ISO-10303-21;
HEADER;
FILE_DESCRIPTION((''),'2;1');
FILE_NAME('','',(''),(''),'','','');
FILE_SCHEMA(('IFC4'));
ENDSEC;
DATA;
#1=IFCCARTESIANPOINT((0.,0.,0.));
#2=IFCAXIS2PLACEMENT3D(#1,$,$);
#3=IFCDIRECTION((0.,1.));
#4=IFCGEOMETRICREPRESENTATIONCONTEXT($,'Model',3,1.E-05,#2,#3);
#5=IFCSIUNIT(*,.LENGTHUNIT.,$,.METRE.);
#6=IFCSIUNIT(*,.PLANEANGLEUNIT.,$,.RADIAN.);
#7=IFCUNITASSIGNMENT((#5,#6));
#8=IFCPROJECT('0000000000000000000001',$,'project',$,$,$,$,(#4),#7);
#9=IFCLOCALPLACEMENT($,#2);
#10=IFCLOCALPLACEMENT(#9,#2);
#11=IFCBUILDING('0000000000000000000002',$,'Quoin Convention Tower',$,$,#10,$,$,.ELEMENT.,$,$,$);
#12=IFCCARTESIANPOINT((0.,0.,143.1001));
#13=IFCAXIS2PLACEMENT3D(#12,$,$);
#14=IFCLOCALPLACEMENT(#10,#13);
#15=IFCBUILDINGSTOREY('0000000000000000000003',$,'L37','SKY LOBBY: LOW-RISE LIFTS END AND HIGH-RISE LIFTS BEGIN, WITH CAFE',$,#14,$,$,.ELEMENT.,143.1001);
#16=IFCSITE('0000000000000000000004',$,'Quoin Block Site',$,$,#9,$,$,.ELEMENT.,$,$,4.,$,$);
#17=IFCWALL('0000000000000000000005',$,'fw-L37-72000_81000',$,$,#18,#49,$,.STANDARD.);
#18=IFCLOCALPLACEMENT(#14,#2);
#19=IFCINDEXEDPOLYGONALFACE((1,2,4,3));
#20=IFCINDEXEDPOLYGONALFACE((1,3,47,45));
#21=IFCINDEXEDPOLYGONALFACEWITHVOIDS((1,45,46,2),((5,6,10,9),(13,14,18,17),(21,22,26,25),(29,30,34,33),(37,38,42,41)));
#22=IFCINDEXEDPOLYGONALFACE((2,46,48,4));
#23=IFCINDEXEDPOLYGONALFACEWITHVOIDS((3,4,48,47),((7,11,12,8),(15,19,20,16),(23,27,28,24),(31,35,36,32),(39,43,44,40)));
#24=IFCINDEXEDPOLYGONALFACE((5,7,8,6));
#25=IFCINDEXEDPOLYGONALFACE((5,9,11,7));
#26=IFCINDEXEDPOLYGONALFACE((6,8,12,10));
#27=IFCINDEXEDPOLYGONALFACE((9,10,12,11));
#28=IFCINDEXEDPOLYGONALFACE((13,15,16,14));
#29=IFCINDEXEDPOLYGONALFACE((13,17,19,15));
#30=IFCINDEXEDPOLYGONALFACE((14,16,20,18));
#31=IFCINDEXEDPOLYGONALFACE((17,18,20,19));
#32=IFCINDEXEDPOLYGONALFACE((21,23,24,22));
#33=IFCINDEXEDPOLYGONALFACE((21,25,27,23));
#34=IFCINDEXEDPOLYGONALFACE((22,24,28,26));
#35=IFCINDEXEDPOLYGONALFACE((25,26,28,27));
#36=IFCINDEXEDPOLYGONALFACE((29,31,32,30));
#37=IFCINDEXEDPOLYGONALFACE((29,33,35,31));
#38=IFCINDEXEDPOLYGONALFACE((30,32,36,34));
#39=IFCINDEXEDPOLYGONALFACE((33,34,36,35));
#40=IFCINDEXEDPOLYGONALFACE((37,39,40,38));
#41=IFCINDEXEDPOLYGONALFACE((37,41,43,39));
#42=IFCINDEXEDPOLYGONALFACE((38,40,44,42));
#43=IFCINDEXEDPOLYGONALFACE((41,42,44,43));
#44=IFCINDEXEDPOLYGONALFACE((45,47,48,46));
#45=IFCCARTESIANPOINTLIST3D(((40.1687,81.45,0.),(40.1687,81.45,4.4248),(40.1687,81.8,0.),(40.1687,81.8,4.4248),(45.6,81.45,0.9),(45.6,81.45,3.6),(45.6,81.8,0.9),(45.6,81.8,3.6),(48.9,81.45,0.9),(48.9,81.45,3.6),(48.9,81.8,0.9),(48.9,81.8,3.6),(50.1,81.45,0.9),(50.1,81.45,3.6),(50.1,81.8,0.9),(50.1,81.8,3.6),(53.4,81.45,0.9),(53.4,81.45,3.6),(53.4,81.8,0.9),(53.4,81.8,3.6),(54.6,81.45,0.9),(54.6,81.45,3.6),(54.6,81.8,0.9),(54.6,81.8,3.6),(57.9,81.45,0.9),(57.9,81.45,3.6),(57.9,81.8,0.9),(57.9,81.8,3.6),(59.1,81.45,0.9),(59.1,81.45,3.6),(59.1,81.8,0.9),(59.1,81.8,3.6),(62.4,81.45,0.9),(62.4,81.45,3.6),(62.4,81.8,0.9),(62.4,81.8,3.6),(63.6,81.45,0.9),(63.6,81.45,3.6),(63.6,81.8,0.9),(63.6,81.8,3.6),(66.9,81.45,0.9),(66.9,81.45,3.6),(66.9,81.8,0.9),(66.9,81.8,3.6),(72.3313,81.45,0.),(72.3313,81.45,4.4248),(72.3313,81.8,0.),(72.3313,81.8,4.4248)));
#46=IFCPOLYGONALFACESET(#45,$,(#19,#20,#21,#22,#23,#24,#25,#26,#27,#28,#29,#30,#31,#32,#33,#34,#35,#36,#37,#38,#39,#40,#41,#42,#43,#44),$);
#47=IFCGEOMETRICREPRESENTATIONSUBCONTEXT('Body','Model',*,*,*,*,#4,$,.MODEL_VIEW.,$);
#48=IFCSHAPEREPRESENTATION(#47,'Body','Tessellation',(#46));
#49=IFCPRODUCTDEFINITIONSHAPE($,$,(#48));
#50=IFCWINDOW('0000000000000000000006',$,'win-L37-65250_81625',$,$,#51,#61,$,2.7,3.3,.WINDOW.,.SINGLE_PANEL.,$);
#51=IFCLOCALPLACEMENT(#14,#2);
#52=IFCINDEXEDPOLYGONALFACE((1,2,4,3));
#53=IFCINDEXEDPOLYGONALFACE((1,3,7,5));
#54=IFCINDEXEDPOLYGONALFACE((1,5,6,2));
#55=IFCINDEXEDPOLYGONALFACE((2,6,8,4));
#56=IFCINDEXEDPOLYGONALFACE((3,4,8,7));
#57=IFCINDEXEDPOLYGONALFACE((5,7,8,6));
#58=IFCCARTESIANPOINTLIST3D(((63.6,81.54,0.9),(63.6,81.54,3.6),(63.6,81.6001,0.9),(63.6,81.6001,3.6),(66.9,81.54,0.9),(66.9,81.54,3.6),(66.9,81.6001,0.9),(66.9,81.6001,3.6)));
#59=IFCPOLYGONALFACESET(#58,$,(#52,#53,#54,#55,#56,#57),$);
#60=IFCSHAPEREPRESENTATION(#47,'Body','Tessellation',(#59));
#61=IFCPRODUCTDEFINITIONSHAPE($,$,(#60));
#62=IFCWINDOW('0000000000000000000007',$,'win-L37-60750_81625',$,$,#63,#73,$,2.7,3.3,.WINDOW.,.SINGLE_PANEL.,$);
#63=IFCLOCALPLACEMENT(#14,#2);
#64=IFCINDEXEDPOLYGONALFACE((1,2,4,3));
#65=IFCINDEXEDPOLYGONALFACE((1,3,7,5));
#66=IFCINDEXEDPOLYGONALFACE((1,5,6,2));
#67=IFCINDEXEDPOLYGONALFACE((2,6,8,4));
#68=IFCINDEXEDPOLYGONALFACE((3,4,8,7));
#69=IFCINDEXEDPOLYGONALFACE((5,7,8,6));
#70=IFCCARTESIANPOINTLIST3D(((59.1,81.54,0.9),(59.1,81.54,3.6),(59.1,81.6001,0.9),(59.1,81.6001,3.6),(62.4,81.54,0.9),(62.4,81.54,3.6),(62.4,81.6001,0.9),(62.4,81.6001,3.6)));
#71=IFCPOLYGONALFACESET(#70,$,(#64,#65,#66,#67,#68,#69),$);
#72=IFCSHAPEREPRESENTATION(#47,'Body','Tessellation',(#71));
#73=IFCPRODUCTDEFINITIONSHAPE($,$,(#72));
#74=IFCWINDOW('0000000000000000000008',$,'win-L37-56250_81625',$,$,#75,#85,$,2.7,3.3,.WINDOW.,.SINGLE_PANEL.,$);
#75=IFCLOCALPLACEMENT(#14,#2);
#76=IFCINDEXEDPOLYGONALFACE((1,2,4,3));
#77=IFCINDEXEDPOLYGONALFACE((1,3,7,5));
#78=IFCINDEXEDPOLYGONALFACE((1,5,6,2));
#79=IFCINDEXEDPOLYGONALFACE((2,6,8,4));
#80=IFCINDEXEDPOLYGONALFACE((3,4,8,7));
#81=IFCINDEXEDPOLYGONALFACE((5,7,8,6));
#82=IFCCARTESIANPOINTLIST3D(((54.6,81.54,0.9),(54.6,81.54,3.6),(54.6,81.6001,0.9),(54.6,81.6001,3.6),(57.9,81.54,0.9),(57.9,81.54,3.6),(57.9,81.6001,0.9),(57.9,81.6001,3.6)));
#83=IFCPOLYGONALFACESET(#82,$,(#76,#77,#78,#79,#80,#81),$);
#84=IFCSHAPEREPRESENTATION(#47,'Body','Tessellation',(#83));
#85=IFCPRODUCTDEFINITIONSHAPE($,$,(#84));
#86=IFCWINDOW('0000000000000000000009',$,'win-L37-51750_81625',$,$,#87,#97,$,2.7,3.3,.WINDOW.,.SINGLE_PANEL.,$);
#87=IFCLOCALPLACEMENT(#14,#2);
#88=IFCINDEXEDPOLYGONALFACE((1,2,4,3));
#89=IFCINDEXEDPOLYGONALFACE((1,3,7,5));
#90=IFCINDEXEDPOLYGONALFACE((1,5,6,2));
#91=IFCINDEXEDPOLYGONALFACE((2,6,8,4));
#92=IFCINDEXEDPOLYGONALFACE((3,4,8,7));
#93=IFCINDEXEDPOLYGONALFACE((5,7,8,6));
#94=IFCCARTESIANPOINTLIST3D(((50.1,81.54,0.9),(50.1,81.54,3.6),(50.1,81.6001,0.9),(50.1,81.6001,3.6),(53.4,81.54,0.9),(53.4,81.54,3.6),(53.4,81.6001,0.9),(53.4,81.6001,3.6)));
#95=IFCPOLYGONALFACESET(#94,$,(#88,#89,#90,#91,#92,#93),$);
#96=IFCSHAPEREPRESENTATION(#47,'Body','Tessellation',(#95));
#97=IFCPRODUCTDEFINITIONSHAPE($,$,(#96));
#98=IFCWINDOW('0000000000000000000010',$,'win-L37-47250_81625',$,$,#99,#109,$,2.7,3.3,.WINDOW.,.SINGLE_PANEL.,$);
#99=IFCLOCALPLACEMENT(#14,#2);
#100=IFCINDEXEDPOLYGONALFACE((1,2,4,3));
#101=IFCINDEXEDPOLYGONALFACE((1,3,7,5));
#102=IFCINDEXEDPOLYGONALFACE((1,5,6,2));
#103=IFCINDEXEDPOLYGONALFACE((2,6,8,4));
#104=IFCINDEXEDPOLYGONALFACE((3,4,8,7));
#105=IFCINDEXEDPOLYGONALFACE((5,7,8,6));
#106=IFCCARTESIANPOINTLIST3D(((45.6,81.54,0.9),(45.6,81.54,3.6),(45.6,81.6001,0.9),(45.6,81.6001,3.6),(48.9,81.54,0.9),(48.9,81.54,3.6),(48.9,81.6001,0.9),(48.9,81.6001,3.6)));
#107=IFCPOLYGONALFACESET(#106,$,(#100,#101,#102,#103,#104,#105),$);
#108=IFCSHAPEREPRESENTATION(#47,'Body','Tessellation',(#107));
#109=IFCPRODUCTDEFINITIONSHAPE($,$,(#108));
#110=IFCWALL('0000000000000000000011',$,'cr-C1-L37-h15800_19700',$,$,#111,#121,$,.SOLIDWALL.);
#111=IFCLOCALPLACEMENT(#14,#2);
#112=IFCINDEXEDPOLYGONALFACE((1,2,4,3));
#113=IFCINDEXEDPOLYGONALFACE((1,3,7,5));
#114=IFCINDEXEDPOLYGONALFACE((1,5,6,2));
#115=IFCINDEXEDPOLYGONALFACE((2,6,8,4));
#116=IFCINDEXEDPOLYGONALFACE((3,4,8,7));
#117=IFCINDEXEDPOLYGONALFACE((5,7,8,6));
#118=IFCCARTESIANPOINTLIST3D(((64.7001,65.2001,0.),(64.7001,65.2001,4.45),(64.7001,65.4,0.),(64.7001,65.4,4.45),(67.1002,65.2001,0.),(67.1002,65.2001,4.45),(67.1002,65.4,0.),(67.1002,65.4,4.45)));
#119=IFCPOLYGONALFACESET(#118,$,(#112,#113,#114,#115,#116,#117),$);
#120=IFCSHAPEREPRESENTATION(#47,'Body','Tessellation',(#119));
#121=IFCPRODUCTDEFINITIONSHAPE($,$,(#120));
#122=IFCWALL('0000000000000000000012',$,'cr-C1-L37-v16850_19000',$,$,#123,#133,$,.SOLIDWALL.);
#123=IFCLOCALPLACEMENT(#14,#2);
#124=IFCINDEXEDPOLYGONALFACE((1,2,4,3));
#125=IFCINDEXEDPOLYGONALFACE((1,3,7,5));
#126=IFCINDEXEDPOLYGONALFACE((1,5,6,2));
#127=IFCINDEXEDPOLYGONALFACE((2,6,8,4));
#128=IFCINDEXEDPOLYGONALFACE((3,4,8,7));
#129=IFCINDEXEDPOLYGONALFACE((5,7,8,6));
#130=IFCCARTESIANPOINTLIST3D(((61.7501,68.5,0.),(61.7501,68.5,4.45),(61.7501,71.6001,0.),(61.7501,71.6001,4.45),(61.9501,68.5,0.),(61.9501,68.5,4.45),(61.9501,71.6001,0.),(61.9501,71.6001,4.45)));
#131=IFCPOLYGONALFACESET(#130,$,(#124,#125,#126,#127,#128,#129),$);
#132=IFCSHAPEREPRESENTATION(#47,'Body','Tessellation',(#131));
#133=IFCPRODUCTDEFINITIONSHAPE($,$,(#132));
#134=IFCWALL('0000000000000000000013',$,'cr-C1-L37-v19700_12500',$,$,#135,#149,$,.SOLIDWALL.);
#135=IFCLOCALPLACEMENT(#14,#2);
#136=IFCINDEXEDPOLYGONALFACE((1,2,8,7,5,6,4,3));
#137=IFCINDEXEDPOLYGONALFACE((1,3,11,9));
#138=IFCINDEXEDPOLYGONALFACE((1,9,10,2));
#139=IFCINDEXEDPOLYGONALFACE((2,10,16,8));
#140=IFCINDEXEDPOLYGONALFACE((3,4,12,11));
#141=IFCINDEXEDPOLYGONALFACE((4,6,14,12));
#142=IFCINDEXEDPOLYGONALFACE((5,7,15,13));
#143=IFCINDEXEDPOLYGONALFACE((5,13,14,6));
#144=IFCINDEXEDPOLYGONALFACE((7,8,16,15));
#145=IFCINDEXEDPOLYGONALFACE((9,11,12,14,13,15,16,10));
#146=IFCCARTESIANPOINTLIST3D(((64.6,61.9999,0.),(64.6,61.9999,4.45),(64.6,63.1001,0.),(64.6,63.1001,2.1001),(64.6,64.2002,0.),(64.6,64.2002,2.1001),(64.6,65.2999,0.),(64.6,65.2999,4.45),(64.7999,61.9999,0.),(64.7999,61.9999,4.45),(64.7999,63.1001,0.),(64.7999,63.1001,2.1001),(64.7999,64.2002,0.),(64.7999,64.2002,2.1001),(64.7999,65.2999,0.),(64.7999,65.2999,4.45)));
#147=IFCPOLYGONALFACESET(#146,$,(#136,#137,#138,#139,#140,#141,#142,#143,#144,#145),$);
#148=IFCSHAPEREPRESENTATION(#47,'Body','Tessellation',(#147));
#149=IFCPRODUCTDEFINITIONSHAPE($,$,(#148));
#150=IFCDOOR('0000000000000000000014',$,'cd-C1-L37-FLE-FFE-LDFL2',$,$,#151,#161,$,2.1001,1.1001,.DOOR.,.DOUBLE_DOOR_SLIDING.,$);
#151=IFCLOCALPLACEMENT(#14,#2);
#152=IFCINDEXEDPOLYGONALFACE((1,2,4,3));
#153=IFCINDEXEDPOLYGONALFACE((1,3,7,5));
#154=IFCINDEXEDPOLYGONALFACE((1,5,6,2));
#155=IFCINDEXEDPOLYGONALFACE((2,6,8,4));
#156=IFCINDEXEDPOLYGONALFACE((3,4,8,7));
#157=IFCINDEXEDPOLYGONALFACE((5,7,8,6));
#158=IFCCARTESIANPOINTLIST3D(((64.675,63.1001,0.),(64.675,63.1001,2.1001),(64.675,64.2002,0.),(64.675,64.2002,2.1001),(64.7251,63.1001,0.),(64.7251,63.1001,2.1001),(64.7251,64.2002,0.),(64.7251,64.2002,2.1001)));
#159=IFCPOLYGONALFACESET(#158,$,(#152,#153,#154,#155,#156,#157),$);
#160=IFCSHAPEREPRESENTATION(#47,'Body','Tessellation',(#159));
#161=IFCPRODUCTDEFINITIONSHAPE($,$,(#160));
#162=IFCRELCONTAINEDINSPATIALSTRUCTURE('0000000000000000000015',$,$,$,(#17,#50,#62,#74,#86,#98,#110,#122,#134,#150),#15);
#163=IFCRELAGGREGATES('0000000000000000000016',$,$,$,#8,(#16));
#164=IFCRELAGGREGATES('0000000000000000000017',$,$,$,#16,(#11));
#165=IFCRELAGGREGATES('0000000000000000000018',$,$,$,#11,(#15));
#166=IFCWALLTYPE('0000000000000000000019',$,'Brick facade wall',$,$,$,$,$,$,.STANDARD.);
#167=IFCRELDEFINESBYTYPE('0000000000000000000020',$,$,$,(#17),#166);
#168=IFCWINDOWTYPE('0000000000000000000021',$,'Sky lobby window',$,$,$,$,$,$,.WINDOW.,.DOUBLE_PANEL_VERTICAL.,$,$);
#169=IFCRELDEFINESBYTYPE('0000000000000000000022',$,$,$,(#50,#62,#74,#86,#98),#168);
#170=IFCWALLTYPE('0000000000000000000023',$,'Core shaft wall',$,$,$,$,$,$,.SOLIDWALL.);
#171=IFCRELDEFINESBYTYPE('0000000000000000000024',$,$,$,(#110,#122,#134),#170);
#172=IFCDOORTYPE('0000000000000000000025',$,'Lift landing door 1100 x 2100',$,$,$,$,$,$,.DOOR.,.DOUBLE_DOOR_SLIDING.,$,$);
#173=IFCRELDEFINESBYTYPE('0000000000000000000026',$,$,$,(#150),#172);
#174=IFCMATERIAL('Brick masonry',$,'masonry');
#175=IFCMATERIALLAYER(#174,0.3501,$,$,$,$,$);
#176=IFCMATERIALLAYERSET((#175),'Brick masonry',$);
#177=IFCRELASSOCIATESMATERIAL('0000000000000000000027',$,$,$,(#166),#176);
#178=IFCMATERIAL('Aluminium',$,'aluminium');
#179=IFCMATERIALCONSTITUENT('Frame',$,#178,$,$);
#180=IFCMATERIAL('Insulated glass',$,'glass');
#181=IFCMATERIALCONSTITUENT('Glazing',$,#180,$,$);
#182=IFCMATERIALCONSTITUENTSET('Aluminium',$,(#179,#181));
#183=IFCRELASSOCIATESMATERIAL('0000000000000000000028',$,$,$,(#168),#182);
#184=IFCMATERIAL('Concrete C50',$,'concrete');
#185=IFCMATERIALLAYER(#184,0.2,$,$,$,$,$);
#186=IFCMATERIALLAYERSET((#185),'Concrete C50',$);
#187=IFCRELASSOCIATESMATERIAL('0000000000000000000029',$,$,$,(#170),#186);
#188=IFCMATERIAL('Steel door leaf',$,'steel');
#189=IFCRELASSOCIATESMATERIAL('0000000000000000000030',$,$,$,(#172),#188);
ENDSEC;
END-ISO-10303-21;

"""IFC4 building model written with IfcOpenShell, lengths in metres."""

from ifc_helpers import new_model, si_unit, direction, frame, frame_2d, origin, place, context, subcontext, project, spatial, rectangle, extrude, material, layer, layer_set, constituent, constituent_set, type_object, element, fill, save


model = new_model("IFC4")

# Units and contexts
model_context = context("Model", 3, precision=1e-05, world=origin(), true_north=direction((0.0, 1.0)))
body_context = subcontext(model_context, "Body", "Model", "MODEL_VIEW")
ifc_project = project(units=[si_unit("LENGTHUNIT", "METRE"), si_unit("PLANEANGLEUNIT", "RADIAN")], contexts=[model_context])

# Site, building, storey
site_placement = place(None, origin())
site = spatial("IfcSite", under=ifc_project, at=site_placement, Name="Quoin Block Site", CompositionType="ELEMENT", RefElevation=4.0)
building_placement = place(site_placement, origin())
building = spatial("IfcBuilding", under=site, at=building_placement, Name="Quoin Convention Tower", CompositionType="ELEMENT")
storey_placement = place(building_placement, frame((0.0, 0.0, 143.1001)))
storey = spatial("IfcBuildingStorey", under=building, at=storey_placement, Name="L37", Description="SKY LOBBY: LOW-RISE LIFTS END AND HIGH-RISE LIFTS BEGIN, WITH CAFE", CompositionType="ELEMENT", Elevation=143.1001)

# Shared definitions
ifc_material_1 = material(Name="Concrete C50", Category="concrete")

# Shared definitions
ifc_material_2 = material(Name="Brick masonry", Category="masonry")
ifc_layer_1 = layer(ifc_material_2, 0.3501)
ifc_layer_set_1 = layer_set([ifc_layer_1], Name="Brick masonry")
wall_type_1 = type_object("IfcWallType", Name="Brick facade wall", PredefinedType="STANDARD", material=ifc_layer_set_1)
ifc_material_3 = material(Name="Aluminium", Category="aluminium")
ifc_constituent_1 = constituent(ifc_material_3, Name="Frame")
ifc_material_4 = material(Name="Insulated glass", Category="glass")
ifc_constituent_2 = constituent(ifc_material_4, Name="Glazing")
ifc_constituent_set = constituent_set(constituents=[ifc_constituent_1, ifc_constituent_2], Name="Aluminium")
window_type = type_object("IfcWindowType", Name="Sky lobby window", PartitioningType="DOUBLE_PANEL_VERTICAL", PredefinedType="WINDOW", material=ifc_constituent_set)

# Wall, openings, windows
wall_1_placement = place(storey_placement, frame((72.3313, 81.625, 0.0), z_axis=(0.0, 0.0, 1.0), x_axis=(-1.0, 0.0, 0.0)))
wall_1 = element("IfcWall", 1, at=wall_1_placement, inside=storey, type_object=wall_type_1, Name="fw-L37-72000_81000", PredefinedType="STANDARD", context=body_context, shape_type="SweptSolid", body=[
    extrude(rectangle(XDim=32.1626, YDim=0.3501, at=frame_2d((16.0813, 0.0))), origin(), (0.0, 0.0, 1.0), 4.4248),
])
opening_1_placement = place(wall_1_placement, frame((5.4314, 0.0, 0.8999)))
opening_1 = element("IfcOpeningElement", 2, at=opening_1_placement, cuts=wall_1, PredefinedType="OPENING", context=body_context, shape_type="SweptSolid", body=[
    extrude(rectangle(XDim=3.3, YDim=2.7, at=frame_2d((1.6499, 1.3501))), frame((0.0, 0.1851, 0.0), z_axis=(0.0, -1.0, 0.0), x_axis=(1.0, 0.0, 0.0)), (0.0, 0.0, 1.0), 0.3701),
])
opening_2_placement = place(wall_1_placement, frame((9.9314, 0.0, 0.8999)))
opening_2 = element("IfcOpeningElement", 3, at=opening_2_placement, cuts=wall_1, PredefinedType="OPENING", context=body_context, shape_type="SweptSolid", body=[
    extrude(rectangle(XDim=3.3, YDim=2.7, at=frame_2d((1.6499, 1.3501))), frame((0.0, 0.1851, 0.0), z_axis=(0.0, -1.0, 0.0), x_axis=(1.0, 0.0, 0.0)), (0.0, 0.0, 1.0), 0.3701),
])
opening_3_placement = place(wall_1_placement, frame((14.4314, 0.0, 0.8999)))
opening_3 = element("IfcOpeningElement", 4, at=opening_3_placement, cuts=wall_1, PredefinedType="OPENING", context=body_context, shape_type="SweptSolid", body=[
    extrude(rectangle(XDim=3.3, YDim=2.7, at=frame_2d((1.6499, 1.3501))), frame((0.0, 0.1851, 0.0), z_axis=(0.0, -1.0, 0.0), x_axis=(1.0, 0.0, 0.0)), (0.0, 0.0, 1.0), 0.3701),
])
opening_4_placement = place(wall_1_placement, frame((18.9314, 0.0, 0.8999)))
opening_4 = element("IfcOpeningElement", 5, at=opening_4_placement, cuts=wall_1, PredefinedType="OPENING", context=body_context, shape_type="SweptSolid", body=[
    extrude(rectangle(XDim=3.3, YDim=2.7, at=frame_2d((1.6499, 1.3501))), frame((0.0, 0.1851, 0.0), z_axis=(0.0, -1.0, 0.0), x_axis=(1.0, 0.0, 0.0)), (0.0, 0.0, 1.0), 0.3701),
])
opening_5_placement = place(wall_1_placement, frame((23.4314, 0.0, 0.8999)))
opening_5 = element("IfcOpeningElement", 6, at=opening_5_placement, cuts=wall_1, PredefinedType="OPENING", context=body_context, shape_type="SweptSolid", body=[
    extrude(rectangle(XDim=3.3, YDim=2.7, at=frame_2d((1.6499, 1.3501))), frame((0.0, 0.1851, 0.0), z_axis=(0.0, -1.0, 0.0), x_axis=(1.0, 0.0, 0.0)), (0.0, 0.0, 1.0), 0.3701),
])
window_1_placement = place(opening_1_placement, origin())
window_1 = element("IfcWindow", 7, at=window_1_placement, inside=storey, type_object=window_type, Name="win-L37-65250_81625", OverallHeight=2.7, OverallWidth=3.3, PartitioningType="SINGLE_PANEL", PredefinedType="WINDOW", context=body_context, shape_type="SweptSolid", body=[
    extrude(rectangle(XDim=3.3, YDim=2.7, at=frame_2d((1.6499, 1.3501))), frame((0.0, 0.085, 0.0), z_axis=(0.0, -1.0, 0.0), x_axis=(1.0, 0.0, 0.0)), (0.0, 0.0, 1.0), 0.0601),
])
fill(opening_1, window_1)
window_2_placement = place(opening_2_placement, origin())
window_2 = element("IfcWindow", 8, at=window_2_placement, inside=storey, type_object=window_type, Name="win-L37-60750_81625", OverallHeight=2.7, OverallWidth=3.3, PartitioningType="SINGLE_PANEL", PredefinedType="WINDOW", context=body_context, shape_type="SweptSolid", body=[
    extrude(rectangle(XDim=3.3, YDim=2.7, at=frame_2d((1.6499, 1.3501))), frame((0.0, 0.085, 0.0), z_axis=(0.0, -1.0, 0.0), x_axis=(1.0, 0.0, 0.0)), (0.0, 0.0, 1.0), 0.0601),
])
fill(opening_2, window_2)
window_3_placement = place(opening_3_placement, origin())
window_3 = element("IfcWindow", 9, at=window_3_placement, inside=storey, type_object=window_type, Name="win-L37-56250_81625", OverallHeight=2.7, OverallWidth=3.3, PartitioningType="SINGLE_PANEL", PredefinedType="WINDOW", context=body_context, shape_type="SweptSolid", body=[
    extrude(rectangle(XDim=3.3, YDim=2.7, at=frame_2d((1.6499, 1.3501))), frame((0.0, 0.085, 0.0), z_axis=(0.0, -1.0, 0.0), x_axis=(1.0, 0.0, 0.0)), (0.0, 0.0, 1.0), 0.0601),
])
fill(opening_3, window_3)
window_4_placement = place(opening_4_placement, origin())
window_4 = element("IfcWindow", 10, at=window_4_placement, inside=storey, type_object=window_type, Name="win-L37-51750_81625", OverallHeight=2.7, OverallWidth=3.3, PartitioningType="SINGLE_PANEL", PredefinedType="WINDOW", context=body_context, shape_type="SweptSolid", body=[
    extrude(rectangle(XDim=3.3, YDim=2.7, at=frame_2d((1.6499, 1.3501))), frame((0.0, 0.085, 0.0), z_axis=(0.0, -1.0, 0.0), x_axis=(1.0, 0.0, 0.0)), (0.0, 0.0, 1.0), 0.0601),
])
fill(opening_4, window_4)
window_5_placement = place(opening_5_placement, origin())
window_5 = element("IfcWindow", 11, at=window_5_placement, inside=storey, type_object=window_type, Name="win-L37-47250_81625", OverallHeight=2.7, OverallWidth=3.3, PartitioningType="SINGLE_PANEL", PredefinedType="WINDOW", context=body_context, shape_type="SweptSolid", body=[
    extrude(rectangle(XDim=3.3, YDim=2.7, at=frame_2d((1.6499, 1.3501))), frame((0.0, 0.085, 0.0), z_axis=(0.0, -1.0, 0.0), x_axis=(1.0, 0.0, 0.0)), (0.0, 0.0, 1.0), 0.0601),
])
fill(opening_5, window_5)

# Walls
ifc_layer_2 = layer(ifc_material_1, 0.2)
ifc_layer_set_2 = layer_set([ifc_layer_2], Name="Concrete C50")
wall_type_2 = type_object("IfcWallType", Name="Core shaft wall", PredefinedType="SOLIDWALL", material=ifc_layer_set_2)
wall_2_placement = place(storey_placement, frame((64.7, 65.3, 0.0), z_axis=(0.0, 0.0, 1.0), x_axis=(1.0, 0.0, 0.0)))
element("IfcWall", 12, at=wall_2_placement, inside=storey, type_object=wall_type_2, Name="cr-C1-L37-h15800_19700", PredefinedType="SOLIDWALL", context=body_context, shape_type="SweptSolid", body=[
    extrude(rectangle(XDim=2.4001, YDim=0.2, at=frame_2d((1.2002, 0.0))), origin(), (0.0, 0.0, 1.0), 4.45),
])
wall_3_placement = place(storey_placement, frame((61.8501, 68.5, 0.0), z_axis=(0.0, 0.0, 1.0), x_axis=(0.0, 1.0, 0.0)))
element("IfcWall", 13, at=wall_3_placement, inside=storey, type_object=wall_type_2, Name="cr-C1-L37-v16850_19000", PredefinedType="SOLIDWALL", context=body_context, shape_type="SweptSolid", body=[
    extrude(rectangle(XDim=3.1001, YDim=0.2, at=frame_2d((1.55, 0.0))), origin(), (0.0, 0.0, 1.0), 4.45),
])

# Wall, opening, door
wall_4_placement = place(storey_placement, frame((64.7, 62.0, 0.0), z_axis=(0.0, 0.0, 1.0), x_axis=(0.0, 1.0, 0.0)))
wall_4 = element("IfcWall", 14, at=wall_4_placement, inside=storey, type_object=wall_type_2, Name="cr-C1-L37-v19700_12500", PredefinedType="SOLIDWALL", context=body_context, shape_type="SweptSolid", body=[
    extrude(rectangle(XDim=3.3, YDim=0.2, at=frame_2d((1.6499, 0.0))), origin(), (0.0, 0.0, 1.0), 4.45),
])
opening_6_placement = place(wall_4_placement, frame((1.1001, 0.0, 0.0)))
opening_6 = element("IfcOpeningElement", 15, at=opening_6_placement, cuts=wall_4, PredefinedType="OPENING", context=body_context, shape_type="SweptSolid", body=[
    extrude(rectangle(XDim=1.1001, YDim=2.1001, at=frame_2d((0.55, 1.05))), frame((0.0, 0.1099, 0.0), z_axis=(0.0, -1.0, 0.0), x_axis=(1.0, 0.0, 0.0)), (0.0, 0.0, 1.0), 0.22),
])
ifc_material_5 = material(Name="Steel door leaf", Category="steel")
door_type = type_object("IfcDoorType", Name="Lift landing door 1100 x 2100", OperationType="DOUBLE_DOOR_SLIDING", PredefinedType="DOOR", material=ifc_material_5)
door_placement = place(opening_6_placement, origin())
door = element("IfcDoor", 16, at=door_placement, inside=storey, type_object=door_type, Name="cd-C1-L37-FLE-FFE-LDFL2", OperationType="DOUBLE_DOOR_SLIDING", OverallHeight=2.1001, OverallWidth=1.1001, PredefinedType="DOOR", context=body_context, shape_type="SweptSolid", body=[
    extrude(rectangle(XDim=1.1001, YDim=2.1001, at=frame_2d((0.55, 1.05))), frame((0.0, 0.0249, 0.0), z_axis=(0.0, -1.0, 0.0), x_axis=(1.0, 0.0, 0.0)), (0.0, 0.0, 1.0), 0.05),
])
fill(opening_6, door)

save(model, "model.ifc")
